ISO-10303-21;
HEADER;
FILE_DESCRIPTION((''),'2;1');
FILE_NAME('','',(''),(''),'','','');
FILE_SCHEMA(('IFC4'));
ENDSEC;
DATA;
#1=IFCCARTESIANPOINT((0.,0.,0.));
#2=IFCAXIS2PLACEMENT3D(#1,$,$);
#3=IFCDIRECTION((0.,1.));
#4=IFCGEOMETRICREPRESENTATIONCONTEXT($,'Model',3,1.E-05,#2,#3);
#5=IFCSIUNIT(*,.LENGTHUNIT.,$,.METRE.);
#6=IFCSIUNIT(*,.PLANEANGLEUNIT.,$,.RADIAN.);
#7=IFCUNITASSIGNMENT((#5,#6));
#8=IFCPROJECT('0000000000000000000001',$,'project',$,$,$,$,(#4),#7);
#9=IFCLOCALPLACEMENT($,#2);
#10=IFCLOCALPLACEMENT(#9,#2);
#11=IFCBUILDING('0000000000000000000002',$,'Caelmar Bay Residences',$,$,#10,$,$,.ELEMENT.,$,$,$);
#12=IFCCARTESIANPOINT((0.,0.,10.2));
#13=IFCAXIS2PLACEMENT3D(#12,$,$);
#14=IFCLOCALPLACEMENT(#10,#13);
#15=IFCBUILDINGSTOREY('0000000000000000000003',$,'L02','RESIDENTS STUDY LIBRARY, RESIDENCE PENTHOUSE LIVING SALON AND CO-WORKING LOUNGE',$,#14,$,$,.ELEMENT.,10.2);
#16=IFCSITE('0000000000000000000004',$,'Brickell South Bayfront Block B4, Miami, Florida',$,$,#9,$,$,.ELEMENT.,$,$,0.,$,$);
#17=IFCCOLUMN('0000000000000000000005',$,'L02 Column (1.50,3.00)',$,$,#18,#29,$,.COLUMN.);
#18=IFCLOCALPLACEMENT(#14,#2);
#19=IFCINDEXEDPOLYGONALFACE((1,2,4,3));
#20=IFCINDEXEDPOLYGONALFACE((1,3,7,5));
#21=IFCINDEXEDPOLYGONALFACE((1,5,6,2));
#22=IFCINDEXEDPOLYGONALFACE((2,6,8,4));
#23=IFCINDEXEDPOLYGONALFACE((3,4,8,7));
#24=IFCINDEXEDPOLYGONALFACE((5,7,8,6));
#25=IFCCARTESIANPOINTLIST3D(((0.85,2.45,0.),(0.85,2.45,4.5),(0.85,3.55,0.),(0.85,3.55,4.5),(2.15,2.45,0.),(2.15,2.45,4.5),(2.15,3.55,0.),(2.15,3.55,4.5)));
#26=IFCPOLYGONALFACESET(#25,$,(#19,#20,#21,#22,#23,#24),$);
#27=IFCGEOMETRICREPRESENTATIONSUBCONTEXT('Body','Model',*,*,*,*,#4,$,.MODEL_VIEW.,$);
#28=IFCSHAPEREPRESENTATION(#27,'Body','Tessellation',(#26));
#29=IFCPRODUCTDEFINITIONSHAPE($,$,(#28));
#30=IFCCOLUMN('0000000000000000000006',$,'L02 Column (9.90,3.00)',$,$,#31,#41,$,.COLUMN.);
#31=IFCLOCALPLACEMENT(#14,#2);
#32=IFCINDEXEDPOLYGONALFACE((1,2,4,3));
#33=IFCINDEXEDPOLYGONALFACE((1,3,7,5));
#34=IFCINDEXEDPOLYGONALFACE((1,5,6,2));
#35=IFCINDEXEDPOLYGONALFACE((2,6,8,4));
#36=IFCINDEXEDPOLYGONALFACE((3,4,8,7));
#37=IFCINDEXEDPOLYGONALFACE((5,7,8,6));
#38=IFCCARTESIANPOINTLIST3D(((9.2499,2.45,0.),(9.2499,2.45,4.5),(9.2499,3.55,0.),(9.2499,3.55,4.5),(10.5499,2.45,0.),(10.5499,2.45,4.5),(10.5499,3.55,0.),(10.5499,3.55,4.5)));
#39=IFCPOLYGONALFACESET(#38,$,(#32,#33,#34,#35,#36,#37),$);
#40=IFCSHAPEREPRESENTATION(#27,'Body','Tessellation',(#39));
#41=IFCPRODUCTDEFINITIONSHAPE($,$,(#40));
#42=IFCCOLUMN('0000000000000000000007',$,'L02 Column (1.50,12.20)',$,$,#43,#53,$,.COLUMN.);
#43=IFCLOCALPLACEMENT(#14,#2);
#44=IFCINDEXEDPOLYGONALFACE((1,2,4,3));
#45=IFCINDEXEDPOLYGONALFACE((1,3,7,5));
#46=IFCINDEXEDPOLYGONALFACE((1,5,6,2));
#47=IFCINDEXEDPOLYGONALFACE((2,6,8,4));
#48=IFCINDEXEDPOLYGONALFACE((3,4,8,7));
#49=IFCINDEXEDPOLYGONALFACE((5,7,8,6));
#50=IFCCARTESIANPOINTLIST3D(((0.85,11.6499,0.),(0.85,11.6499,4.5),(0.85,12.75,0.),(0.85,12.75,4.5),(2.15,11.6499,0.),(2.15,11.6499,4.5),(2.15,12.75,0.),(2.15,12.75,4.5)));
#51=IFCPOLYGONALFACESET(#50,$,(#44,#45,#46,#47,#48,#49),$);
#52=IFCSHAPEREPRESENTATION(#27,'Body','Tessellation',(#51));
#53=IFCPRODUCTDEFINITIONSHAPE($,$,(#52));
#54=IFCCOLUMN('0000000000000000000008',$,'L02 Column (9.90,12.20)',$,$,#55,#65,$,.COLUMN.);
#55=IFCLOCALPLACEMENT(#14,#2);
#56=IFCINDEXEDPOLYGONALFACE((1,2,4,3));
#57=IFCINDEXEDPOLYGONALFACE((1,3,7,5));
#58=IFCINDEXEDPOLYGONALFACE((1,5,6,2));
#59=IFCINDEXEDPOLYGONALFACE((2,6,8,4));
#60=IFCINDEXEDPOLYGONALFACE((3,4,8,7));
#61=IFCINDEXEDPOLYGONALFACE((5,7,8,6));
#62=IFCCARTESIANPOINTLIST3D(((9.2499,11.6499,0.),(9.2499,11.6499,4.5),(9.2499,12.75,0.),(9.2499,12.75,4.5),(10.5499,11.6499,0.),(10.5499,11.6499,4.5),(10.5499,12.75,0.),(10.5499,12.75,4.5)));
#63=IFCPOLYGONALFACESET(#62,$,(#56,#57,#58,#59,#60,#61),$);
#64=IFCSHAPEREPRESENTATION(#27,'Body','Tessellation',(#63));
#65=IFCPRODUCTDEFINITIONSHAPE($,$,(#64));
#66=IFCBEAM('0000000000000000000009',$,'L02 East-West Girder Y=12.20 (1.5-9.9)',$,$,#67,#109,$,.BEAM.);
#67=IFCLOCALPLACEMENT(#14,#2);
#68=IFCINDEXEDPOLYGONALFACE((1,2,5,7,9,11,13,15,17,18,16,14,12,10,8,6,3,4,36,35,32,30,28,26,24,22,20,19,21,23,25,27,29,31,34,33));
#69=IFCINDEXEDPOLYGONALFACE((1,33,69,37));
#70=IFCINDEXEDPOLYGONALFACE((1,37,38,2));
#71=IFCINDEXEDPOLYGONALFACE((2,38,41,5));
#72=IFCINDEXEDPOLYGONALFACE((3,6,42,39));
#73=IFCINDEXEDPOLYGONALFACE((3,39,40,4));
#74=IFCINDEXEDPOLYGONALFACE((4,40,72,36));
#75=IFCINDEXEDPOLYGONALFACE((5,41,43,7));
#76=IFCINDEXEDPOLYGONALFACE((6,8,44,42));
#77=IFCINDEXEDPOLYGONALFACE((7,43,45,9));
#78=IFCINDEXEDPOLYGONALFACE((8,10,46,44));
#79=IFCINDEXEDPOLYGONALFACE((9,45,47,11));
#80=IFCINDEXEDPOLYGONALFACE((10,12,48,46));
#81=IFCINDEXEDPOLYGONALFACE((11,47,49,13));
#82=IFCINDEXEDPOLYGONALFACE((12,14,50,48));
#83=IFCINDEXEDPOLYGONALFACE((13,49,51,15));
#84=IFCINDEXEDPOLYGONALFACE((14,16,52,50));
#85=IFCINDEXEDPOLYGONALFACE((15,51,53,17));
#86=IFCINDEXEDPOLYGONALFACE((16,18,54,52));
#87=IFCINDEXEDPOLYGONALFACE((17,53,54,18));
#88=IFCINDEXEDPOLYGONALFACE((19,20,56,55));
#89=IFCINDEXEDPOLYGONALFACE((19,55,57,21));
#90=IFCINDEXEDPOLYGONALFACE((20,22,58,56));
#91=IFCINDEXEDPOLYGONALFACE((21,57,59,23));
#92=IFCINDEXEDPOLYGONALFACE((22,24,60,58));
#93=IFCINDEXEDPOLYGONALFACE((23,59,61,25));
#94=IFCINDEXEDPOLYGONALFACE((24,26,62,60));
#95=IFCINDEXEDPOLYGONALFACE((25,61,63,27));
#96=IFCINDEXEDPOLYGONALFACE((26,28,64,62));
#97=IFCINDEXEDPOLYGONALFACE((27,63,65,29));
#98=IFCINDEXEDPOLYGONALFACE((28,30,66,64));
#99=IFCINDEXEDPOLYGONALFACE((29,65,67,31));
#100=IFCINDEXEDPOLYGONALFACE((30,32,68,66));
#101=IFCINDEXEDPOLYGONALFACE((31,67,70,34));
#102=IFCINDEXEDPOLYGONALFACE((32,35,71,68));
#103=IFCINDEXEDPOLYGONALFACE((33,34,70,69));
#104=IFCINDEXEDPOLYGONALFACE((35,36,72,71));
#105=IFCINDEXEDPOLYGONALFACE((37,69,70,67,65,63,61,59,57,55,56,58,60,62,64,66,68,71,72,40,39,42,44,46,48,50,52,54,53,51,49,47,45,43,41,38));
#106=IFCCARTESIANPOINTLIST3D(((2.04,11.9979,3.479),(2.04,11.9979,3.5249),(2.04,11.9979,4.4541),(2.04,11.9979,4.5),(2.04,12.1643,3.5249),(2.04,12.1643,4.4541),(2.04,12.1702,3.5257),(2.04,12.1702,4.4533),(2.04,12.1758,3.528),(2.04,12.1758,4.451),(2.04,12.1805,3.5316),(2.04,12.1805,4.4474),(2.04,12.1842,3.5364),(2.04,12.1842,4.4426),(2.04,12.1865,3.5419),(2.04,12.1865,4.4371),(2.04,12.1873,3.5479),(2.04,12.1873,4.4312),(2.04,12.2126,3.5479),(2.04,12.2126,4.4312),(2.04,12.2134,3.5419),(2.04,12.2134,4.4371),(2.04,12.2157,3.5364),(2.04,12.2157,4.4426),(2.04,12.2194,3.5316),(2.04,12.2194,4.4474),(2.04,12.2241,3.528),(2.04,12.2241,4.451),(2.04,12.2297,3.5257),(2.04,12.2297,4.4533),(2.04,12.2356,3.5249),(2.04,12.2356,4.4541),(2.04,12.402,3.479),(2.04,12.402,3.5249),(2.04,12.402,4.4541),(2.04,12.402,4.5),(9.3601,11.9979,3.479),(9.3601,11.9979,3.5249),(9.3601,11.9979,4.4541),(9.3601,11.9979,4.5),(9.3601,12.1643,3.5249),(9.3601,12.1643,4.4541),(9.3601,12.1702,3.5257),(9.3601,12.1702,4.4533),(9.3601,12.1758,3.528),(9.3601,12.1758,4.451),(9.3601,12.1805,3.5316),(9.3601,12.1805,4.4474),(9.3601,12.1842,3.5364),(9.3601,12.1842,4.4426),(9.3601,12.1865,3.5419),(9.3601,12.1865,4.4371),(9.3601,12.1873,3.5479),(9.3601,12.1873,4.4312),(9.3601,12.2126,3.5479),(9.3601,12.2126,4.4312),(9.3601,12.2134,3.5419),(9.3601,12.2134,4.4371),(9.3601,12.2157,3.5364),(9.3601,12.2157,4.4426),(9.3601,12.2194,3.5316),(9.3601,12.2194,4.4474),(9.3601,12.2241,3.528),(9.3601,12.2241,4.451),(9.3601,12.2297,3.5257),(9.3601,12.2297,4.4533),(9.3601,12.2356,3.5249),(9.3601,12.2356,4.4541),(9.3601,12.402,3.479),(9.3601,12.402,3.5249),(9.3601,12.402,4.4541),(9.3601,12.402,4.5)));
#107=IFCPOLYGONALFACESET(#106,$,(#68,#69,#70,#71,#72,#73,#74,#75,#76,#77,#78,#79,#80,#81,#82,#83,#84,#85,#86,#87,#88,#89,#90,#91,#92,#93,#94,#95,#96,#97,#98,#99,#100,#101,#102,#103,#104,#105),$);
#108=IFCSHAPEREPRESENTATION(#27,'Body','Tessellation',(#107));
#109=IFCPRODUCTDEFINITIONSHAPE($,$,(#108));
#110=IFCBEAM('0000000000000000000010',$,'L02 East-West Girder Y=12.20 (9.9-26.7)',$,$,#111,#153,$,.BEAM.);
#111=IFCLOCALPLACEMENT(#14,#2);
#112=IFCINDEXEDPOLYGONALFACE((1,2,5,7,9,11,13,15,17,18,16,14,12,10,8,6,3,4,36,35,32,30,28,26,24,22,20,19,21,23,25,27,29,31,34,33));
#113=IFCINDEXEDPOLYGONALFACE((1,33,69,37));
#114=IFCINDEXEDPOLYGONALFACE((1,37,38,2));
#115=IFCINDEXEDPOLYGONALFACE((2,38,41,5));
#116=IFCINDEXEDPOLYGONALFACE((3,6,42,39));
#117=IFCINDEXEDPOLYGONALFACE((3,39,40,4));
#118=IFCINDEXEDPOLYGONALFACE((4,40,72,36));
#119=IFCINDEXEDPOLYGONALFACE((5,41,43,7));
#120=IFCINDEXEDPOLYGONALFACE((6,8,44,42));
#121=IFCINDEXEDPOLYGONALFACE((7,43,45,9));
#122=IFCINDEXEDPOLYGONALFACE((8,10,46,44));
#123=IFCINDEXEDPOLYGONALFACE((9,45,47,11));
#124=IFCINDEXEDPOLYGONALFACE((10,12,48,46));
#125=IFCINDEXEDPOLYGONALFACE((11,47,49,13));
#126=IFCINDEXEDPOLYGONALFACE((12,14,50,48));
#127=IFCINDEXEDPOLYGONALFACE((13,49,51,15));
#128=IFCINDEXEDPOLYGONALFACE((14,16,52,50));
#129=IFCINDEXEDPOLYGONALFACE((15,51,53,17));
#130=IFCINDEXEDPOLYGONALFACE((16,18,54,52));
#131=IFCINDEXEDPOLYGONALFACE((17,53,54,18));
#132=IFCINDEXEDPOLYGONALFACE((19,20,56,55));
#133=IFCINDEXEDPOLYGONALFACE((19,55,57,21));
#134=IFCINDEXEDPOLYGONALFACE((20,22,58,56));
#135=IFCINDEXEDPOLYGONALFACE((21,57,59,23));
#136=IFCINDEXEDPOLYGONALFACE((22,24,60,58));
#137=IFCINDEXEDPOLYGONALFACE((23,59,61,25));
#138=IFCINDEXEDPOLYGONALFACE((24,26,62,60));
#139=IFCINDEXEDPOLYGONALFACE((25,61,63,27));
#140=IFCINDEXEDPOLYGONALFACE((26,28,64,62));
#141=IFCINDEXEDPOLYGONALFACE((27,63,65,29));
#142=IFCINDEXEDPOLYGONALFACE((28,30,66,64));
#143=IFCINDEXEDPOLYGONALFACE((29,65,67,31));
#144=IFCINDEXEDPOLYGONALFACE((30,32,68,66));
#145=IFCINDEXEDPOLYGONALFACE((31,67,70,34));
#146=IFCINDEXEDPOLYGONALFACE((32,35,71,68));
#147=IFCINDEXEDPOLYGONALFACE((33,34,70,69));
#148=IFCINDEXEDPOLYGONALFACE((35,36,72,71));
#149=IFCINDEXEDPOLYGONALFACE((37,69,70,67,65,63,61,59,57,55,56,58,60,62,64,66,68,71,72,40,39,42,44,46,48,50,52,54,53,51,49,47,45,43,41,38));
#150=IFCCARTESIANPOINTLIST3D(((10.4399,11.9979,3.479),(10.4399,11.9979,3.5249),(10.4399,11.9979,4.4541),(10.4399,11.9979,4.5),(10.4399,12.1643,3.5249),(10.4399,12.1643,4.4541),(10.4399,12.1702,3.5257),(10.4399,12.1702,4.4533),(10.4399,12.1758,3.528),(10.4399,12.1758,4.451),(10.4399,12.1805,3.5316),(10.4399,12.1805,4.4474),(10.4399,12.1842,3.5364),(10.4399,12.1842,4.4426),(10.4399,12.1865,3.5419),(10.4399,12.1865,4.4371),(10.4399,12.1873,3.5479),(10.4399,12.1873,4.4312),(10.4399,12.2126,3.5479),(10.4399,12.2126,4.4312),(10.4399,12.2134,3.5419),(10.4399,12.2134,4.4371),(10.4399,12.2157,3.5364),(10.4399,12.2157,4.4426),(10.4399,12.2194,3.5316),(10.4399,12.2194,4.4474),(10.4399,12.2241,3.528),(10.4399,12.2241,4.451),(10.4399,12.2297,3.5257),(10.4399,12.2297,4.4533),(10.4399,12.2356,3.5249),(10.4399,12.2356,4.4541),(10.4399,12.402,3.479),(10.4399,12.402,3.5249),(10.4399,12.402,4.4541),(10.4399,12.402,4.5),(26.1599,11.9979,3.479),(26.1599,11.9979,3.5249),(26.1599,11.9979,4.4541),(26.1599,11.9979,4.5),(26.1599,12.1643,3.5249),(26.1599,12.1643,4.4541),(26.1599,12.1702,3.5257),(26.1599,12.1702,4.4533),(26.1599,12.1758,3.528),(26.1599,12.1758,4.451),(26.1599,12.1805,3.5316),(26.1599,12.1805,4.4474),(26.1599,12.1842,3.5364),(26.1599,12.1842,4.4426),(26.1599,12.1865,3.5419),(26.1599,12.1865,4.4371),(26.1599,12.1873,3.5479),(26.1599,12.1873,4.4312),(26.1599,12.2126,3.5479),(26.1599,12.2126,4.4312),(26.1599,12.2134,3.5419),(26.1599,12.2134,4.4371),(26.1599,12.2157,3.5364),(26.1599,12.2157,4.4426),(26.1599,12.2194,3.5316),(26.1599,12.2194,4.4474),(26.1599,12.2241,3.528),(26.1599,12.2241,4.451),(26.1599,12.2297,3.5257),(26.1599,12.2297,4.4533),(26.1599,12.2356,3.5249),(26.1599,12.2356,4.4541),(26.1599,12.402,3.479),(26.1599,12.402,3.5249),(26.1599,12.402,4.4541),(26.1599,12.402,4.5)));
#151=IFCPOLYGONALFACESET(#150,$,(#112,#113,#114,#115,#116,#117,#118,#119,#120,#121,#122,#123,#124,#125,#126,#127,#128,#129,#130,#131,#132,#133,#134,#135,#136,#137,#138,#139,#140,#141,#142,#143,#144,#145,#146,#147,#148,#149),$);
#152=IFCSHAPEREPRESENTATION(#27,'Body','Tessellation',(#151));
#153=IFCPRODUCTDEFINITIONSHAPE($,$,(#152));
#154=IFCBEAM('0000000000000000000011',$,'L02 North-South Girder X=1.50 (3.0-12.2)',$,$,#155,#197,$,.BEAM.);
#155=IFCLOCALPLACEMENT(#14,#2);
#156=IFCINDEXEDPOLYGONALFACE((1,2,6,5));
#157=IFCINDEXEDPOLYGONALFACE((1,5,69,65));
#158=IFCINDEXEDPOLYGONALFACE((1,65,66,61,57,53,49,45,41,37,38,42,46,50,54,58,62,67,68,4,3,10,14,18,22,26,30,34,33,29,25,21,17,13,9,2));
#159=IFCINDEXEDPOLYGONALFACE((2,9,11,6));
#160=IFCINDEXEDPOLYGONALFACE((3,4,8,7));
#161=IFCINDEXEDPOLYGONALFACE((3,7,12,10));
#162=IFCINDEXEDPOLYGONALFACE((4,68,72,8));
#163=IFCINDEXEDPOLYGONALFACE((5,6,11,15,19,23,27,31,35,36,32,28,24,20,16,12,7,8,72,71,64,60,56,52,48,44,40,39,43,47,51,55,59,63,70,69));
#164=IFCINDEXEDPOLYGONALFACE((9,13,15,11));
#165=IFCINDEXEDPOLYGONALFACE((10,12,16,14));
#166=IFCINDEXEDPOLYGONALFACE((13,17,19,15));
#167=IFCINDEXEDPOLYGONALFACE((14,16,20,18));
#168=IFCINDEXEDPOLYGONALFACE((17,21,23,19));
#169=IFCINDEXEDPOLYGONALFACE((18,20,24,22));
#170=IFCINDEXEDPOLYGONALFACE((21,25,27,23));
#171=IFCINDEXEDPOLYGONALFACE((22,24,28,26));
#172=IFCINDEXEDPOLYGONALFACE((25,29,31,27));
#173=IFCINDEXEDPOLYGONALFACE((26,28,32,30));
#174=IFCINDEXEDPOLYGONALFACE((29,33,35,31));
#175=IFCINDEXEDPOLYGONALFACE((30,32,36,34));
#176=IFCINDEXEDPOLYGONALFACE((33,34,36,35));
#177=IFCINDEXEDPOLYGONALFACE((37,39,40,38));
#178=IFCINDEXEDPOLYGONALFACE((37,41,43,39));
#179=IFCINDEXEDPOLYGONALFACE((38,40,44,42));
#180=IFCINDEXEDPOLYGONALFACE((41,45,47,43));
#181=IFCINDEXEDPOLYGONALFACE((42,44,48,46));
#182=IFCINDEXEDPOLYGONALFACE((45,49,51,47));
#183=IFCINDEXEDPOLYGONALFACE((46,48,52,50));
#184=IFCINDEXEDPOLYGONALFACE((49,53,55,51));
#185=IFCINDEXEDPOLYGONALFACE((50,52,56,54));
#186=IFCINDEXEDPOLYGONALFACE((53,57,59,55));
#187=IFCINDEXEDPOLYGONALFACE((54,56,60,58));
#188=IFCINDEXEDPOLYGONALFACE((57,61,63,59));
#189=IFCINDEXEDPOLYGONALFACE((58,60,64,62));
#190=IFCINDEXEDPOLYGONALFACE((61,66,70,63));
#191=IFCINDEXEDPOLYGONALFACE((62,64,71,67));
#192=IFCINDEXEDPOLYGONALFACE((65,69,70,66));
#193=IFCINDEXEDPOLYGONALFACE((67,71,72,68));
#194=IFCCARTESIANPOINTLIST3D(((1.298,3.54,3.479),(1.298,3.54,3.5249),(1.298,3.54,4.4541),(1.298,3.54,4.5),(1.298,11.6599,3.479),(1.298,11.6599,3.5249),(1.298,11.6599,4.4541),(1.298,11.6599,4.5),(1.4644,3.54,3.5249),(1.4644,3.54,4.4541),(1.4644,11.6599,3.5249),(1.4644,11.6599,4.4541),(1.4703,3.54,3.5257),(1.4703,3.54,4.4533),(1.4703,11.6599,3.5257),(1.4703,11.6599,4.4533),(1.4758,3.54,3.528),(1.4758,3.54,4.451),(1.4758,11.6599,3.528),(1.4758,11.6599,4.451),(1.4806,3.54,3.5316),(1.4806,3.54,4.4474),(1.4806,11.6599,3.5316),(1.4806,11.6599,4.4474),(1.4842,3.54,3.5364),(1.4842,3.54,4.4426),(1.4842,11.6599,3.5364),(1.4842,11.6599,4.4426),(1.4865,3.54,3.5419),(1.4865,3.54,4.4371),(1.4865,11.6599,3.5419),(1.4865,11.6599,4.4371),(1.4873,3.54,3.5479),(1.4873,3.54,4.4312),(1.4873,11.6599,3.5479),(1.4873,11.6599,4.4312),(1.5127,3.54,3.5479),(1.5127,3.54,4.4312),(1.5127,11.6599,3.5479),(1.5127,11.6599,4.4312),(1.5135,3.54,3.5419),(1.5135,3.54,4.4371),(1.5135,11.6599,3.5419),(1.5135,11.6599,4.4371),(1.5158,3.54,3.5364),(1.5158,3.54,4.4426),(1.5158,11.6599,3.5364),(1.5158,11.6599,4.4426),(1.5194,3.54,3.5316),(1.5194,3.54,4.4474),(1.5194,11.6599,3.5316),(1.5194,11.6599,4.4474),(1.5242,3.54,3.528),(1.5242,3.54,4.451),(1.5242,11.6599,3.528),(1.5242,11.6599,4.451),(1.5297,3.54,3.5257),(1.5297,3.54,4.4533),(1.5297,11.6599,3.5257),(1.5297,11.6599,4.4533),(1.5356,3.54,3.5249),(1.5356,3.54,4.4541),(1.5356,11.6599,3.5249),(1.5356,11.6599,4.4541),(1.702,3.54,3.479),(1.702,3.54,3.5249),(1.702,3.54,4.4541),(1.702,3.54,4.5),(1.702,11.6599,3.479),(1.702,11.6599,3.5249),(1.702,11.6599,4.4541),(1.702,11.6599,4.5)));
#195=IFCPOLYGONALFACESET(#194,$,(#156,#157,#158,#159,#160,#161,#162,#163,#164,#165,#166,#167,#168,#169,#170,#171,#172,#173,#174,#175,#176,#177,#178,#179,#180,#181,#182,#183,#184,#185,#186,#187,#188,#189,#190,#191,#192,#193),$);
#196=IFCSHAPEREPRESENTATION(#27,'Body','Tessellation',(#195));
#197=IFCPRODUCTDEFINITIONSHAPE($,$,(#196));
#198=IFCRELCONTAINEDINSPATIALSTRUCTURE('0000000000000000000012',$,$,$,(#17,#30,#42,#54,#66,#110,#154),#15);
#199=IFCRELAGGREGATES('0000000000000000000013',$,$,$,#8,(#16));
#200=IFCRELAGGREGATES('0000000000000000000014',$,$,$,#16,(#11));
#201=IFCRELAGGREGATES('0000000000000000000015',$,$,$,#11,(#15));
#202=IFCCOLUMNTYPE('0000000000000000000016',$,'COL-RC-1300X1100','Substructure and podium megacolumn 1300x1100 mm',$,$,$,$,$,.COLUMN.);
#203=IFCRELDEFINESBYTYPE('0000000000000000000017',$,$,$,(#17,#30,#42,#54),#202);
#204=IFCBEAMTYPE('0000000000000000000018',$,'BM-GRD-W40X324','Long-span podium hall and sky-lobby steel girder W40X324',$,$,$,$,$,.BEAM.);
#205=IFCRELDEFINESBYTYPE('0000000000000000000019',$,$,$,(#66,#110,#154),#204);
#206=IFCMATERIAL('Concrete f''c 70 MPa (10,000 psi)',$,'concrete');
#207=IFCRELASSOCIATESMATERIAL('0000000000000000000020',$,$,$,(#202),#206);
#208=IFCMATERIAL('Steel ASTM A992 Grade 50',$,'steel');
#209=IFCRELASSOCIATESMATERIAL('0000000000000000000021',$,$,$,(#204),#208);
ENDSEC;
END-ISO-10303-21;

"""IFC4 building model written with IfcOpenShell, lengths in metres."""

from ifc_helpers import new_model, si_unit, direction, frame, origin, origin_2d, place, context, subcontext, project, spatial, rectangle, i_section, extrude, material, material_profile, profile_set, type_object, element, save


model = new_model("IFC4")

# Units and contexts
model_context = context("Model", 3, precision=1e-05, world=origin(), true_north=direction((0.0, 1.0)))
body_context = subcontext(model_context, "Body", "Model", "MODEL_VIEW")
ifc_project = project(units=[si_unit("LENGTHUNIT", "METRE"), si_unit("PLANEANGLEUNIT", "RADIAN")], contexts=[model_context])

# Site, building, storey
site_placement = place(None, origin())
site = spatial("IfcSite", under=ifc_project, at=site_placement, Name="Brickell South Bayfront Block B4, Miami, Florida", CompositionType="ELEMENT", RefElevation=0.0)
building_placement = place(site_placement, origin())
building = spatial("IfcBuilding", under=site, at=building_placement, Name="Caelmar Bay Residences", CompositionType="ELEMENT")
storey_placement = place(building_placement, frame((0.0, 0.0, 10.2)))
storey = spatial("IfcBuildingStorey", under=building, at=storey_placement, Name="L02", Description="RESIDENTS STUDY LIBRARY, RESIDENCE PENTHOUSE LIVING SALON AND CO-WORKING LOUNGE", CompositionType="ELEMENT", Elevation=10.2)

# Columns
ifc_material_1 = material(Name="Concrete f'c 70 MPa (10,000 psi)", Category="concrete")
ifc_material_profile_1 = material_profile(ifc_material_1, rectangle(XDim=1.3, YDim=1.1001, at=origin_2d()), Name="RC-COL-1300X1100")
ifc_profile_set_1 = profile_set([ifc_material_profile_1], Name="Concrete f'c 70 MPa (10,000 psi)")
column_type = type_object("IfcColumnType", Name="COL-RC-1300X1100", Description="Substructure and podium megacolumn 1300x1100 mm", PredefinedType="COLUMN", material=ifc_profile_set_1)
for number, where, z_axis, x_axis, name in (
    (1, (1.5, 3.0, 0.0), (0.0, 0.0, 1.0), (1.0, 0.0, 0.0), "L02 Column (1.50,3.00)"),
    (2, (9.8999, 3.0, 0.0), (0.0, 0.0, 1.0), (1.0, 0.0, 0.0), "L02 Column (9.90,3.00)"),
    (3, (1.5, 12.2, 0.0), (0.0, 0.0, 1.0), (1.0, 0.0, 0.0), "L02 Column (1.50,12.20)"),
    (4, (9.8999, 12.2, 0.0), (0.0, 0.0, 1.0), (1.0, 0.0, 0.0), "L02 Column (9.90,12.20)"),
):
    element("IfcColumn", number, at=place(storey_placement, frame(where, z_axis=z_axis, x_axis=x_axis)), inside=storey, type_object=column_type, Name=name, PredefinedType="COLUMN", context=body_context, shape_type="SweptSolid", body=[
        extrude(rectangle(XDim=1.3, YDim=1.1001, at=origin_2d()), origin(), (0.0, 0.0, 1.0), 4.5),
    ])

# Beams
ifc_material_2 = material(Name="Steel ASTM A992 Grade 50", Category="steel")
ifc_material_profile_2 = material_profile(ifc_material_2, i_section(OverallWidth=0.4041, OverallDepth=1.021, WebThickness=0.0254, FlangeThickness=0.0459, FilletRadius=0.0229, at=origin_2d()), Name="W40X324")
ifc_profile_set_2 = profile_set([ifc_material_profile_2], Name="Steel ASTM A992 Grade 50")
beam_type_1 = type_object("IfcBeamType", Name="BM-GRD-W40X324", Description="Long-span podium hall and sky-lobby steel girder W40X324", PredefinedType="BEAM", material=ifc_profile_set_2)
beam_1_placement = place(storey_placement, frame((2.04, 12.2, 3.9895), z_axis=(1.0, 0.0, 0.0), x_axis=(0.0, 1.0, 0.0)))
element("IfcBeam", 5, at=beam_1_placement, inside=storey, type_object=beam_type_1, Name="L02 East-West Girder Y=12.20 (1.5-9.9)", PredefinedType="BEAM", context=body_context, shape_type="SweptSolid", body=[
    extrude(i_section(OverallWidth=0.4041, OverallDepth=1.021, WebThickness=0.0254, FlangeThickness=0.0459, FilletRadius=0.0229, at=origin_2d()), origin(), (0.0, 0.0, 1.0), 7.3201),
])
beam_2_placement = place(storey_placement, frame((10.4399, 12.2, 3.9895), z_axis=(1.0, 0.0, 0.0), x_axis=(0.0, 1.0, 0.0)))
element("IfcBeam", 6, at=beam_2_placement, inside=storey, type_object=beam_type_1, Name="L02 East-West Girder Y=12.20 (9.9-26.7)", PredefinedType="BEAM", context=body_context, shape_type="SweptSolid", body=[
    extrude(i_section(OverallWidth=0.4041, OverallDepth=1.021, WebThickness=0.0254, FlangeThickness=0.0459, FilletRadius=0.0229, at=origin_2d()), origin(), (0.0, 0.0, 1.0), 15.72),
])
beam_3_placement = place(storey_placement, frame((1.5, 3.54, 3.9895), z_axis=(0.0, 1.0, 0.0), x_axis=(-1.0, 0.0, 0.0)))
element("IfcBeam", 7, at=beam_3_placement, inside=storey, type_object=beam_type_1, Name="L02 North-South Girder X=1.50 (3.0-12.2)", PredefinedType="BEAM", context=body_context, shape_type="SweptSolid", body=[
    extrude(i_section(OverallWidth=0.4041, OverallDepth=1.021, WebThickness=0.0254, FlangeThickness=0.0459, FilletRadius=0.0229, at=origin_2d()), origin(), (0.0, 0.0, 1.0), 8.1199),
])

save(model, "model.ifc")
